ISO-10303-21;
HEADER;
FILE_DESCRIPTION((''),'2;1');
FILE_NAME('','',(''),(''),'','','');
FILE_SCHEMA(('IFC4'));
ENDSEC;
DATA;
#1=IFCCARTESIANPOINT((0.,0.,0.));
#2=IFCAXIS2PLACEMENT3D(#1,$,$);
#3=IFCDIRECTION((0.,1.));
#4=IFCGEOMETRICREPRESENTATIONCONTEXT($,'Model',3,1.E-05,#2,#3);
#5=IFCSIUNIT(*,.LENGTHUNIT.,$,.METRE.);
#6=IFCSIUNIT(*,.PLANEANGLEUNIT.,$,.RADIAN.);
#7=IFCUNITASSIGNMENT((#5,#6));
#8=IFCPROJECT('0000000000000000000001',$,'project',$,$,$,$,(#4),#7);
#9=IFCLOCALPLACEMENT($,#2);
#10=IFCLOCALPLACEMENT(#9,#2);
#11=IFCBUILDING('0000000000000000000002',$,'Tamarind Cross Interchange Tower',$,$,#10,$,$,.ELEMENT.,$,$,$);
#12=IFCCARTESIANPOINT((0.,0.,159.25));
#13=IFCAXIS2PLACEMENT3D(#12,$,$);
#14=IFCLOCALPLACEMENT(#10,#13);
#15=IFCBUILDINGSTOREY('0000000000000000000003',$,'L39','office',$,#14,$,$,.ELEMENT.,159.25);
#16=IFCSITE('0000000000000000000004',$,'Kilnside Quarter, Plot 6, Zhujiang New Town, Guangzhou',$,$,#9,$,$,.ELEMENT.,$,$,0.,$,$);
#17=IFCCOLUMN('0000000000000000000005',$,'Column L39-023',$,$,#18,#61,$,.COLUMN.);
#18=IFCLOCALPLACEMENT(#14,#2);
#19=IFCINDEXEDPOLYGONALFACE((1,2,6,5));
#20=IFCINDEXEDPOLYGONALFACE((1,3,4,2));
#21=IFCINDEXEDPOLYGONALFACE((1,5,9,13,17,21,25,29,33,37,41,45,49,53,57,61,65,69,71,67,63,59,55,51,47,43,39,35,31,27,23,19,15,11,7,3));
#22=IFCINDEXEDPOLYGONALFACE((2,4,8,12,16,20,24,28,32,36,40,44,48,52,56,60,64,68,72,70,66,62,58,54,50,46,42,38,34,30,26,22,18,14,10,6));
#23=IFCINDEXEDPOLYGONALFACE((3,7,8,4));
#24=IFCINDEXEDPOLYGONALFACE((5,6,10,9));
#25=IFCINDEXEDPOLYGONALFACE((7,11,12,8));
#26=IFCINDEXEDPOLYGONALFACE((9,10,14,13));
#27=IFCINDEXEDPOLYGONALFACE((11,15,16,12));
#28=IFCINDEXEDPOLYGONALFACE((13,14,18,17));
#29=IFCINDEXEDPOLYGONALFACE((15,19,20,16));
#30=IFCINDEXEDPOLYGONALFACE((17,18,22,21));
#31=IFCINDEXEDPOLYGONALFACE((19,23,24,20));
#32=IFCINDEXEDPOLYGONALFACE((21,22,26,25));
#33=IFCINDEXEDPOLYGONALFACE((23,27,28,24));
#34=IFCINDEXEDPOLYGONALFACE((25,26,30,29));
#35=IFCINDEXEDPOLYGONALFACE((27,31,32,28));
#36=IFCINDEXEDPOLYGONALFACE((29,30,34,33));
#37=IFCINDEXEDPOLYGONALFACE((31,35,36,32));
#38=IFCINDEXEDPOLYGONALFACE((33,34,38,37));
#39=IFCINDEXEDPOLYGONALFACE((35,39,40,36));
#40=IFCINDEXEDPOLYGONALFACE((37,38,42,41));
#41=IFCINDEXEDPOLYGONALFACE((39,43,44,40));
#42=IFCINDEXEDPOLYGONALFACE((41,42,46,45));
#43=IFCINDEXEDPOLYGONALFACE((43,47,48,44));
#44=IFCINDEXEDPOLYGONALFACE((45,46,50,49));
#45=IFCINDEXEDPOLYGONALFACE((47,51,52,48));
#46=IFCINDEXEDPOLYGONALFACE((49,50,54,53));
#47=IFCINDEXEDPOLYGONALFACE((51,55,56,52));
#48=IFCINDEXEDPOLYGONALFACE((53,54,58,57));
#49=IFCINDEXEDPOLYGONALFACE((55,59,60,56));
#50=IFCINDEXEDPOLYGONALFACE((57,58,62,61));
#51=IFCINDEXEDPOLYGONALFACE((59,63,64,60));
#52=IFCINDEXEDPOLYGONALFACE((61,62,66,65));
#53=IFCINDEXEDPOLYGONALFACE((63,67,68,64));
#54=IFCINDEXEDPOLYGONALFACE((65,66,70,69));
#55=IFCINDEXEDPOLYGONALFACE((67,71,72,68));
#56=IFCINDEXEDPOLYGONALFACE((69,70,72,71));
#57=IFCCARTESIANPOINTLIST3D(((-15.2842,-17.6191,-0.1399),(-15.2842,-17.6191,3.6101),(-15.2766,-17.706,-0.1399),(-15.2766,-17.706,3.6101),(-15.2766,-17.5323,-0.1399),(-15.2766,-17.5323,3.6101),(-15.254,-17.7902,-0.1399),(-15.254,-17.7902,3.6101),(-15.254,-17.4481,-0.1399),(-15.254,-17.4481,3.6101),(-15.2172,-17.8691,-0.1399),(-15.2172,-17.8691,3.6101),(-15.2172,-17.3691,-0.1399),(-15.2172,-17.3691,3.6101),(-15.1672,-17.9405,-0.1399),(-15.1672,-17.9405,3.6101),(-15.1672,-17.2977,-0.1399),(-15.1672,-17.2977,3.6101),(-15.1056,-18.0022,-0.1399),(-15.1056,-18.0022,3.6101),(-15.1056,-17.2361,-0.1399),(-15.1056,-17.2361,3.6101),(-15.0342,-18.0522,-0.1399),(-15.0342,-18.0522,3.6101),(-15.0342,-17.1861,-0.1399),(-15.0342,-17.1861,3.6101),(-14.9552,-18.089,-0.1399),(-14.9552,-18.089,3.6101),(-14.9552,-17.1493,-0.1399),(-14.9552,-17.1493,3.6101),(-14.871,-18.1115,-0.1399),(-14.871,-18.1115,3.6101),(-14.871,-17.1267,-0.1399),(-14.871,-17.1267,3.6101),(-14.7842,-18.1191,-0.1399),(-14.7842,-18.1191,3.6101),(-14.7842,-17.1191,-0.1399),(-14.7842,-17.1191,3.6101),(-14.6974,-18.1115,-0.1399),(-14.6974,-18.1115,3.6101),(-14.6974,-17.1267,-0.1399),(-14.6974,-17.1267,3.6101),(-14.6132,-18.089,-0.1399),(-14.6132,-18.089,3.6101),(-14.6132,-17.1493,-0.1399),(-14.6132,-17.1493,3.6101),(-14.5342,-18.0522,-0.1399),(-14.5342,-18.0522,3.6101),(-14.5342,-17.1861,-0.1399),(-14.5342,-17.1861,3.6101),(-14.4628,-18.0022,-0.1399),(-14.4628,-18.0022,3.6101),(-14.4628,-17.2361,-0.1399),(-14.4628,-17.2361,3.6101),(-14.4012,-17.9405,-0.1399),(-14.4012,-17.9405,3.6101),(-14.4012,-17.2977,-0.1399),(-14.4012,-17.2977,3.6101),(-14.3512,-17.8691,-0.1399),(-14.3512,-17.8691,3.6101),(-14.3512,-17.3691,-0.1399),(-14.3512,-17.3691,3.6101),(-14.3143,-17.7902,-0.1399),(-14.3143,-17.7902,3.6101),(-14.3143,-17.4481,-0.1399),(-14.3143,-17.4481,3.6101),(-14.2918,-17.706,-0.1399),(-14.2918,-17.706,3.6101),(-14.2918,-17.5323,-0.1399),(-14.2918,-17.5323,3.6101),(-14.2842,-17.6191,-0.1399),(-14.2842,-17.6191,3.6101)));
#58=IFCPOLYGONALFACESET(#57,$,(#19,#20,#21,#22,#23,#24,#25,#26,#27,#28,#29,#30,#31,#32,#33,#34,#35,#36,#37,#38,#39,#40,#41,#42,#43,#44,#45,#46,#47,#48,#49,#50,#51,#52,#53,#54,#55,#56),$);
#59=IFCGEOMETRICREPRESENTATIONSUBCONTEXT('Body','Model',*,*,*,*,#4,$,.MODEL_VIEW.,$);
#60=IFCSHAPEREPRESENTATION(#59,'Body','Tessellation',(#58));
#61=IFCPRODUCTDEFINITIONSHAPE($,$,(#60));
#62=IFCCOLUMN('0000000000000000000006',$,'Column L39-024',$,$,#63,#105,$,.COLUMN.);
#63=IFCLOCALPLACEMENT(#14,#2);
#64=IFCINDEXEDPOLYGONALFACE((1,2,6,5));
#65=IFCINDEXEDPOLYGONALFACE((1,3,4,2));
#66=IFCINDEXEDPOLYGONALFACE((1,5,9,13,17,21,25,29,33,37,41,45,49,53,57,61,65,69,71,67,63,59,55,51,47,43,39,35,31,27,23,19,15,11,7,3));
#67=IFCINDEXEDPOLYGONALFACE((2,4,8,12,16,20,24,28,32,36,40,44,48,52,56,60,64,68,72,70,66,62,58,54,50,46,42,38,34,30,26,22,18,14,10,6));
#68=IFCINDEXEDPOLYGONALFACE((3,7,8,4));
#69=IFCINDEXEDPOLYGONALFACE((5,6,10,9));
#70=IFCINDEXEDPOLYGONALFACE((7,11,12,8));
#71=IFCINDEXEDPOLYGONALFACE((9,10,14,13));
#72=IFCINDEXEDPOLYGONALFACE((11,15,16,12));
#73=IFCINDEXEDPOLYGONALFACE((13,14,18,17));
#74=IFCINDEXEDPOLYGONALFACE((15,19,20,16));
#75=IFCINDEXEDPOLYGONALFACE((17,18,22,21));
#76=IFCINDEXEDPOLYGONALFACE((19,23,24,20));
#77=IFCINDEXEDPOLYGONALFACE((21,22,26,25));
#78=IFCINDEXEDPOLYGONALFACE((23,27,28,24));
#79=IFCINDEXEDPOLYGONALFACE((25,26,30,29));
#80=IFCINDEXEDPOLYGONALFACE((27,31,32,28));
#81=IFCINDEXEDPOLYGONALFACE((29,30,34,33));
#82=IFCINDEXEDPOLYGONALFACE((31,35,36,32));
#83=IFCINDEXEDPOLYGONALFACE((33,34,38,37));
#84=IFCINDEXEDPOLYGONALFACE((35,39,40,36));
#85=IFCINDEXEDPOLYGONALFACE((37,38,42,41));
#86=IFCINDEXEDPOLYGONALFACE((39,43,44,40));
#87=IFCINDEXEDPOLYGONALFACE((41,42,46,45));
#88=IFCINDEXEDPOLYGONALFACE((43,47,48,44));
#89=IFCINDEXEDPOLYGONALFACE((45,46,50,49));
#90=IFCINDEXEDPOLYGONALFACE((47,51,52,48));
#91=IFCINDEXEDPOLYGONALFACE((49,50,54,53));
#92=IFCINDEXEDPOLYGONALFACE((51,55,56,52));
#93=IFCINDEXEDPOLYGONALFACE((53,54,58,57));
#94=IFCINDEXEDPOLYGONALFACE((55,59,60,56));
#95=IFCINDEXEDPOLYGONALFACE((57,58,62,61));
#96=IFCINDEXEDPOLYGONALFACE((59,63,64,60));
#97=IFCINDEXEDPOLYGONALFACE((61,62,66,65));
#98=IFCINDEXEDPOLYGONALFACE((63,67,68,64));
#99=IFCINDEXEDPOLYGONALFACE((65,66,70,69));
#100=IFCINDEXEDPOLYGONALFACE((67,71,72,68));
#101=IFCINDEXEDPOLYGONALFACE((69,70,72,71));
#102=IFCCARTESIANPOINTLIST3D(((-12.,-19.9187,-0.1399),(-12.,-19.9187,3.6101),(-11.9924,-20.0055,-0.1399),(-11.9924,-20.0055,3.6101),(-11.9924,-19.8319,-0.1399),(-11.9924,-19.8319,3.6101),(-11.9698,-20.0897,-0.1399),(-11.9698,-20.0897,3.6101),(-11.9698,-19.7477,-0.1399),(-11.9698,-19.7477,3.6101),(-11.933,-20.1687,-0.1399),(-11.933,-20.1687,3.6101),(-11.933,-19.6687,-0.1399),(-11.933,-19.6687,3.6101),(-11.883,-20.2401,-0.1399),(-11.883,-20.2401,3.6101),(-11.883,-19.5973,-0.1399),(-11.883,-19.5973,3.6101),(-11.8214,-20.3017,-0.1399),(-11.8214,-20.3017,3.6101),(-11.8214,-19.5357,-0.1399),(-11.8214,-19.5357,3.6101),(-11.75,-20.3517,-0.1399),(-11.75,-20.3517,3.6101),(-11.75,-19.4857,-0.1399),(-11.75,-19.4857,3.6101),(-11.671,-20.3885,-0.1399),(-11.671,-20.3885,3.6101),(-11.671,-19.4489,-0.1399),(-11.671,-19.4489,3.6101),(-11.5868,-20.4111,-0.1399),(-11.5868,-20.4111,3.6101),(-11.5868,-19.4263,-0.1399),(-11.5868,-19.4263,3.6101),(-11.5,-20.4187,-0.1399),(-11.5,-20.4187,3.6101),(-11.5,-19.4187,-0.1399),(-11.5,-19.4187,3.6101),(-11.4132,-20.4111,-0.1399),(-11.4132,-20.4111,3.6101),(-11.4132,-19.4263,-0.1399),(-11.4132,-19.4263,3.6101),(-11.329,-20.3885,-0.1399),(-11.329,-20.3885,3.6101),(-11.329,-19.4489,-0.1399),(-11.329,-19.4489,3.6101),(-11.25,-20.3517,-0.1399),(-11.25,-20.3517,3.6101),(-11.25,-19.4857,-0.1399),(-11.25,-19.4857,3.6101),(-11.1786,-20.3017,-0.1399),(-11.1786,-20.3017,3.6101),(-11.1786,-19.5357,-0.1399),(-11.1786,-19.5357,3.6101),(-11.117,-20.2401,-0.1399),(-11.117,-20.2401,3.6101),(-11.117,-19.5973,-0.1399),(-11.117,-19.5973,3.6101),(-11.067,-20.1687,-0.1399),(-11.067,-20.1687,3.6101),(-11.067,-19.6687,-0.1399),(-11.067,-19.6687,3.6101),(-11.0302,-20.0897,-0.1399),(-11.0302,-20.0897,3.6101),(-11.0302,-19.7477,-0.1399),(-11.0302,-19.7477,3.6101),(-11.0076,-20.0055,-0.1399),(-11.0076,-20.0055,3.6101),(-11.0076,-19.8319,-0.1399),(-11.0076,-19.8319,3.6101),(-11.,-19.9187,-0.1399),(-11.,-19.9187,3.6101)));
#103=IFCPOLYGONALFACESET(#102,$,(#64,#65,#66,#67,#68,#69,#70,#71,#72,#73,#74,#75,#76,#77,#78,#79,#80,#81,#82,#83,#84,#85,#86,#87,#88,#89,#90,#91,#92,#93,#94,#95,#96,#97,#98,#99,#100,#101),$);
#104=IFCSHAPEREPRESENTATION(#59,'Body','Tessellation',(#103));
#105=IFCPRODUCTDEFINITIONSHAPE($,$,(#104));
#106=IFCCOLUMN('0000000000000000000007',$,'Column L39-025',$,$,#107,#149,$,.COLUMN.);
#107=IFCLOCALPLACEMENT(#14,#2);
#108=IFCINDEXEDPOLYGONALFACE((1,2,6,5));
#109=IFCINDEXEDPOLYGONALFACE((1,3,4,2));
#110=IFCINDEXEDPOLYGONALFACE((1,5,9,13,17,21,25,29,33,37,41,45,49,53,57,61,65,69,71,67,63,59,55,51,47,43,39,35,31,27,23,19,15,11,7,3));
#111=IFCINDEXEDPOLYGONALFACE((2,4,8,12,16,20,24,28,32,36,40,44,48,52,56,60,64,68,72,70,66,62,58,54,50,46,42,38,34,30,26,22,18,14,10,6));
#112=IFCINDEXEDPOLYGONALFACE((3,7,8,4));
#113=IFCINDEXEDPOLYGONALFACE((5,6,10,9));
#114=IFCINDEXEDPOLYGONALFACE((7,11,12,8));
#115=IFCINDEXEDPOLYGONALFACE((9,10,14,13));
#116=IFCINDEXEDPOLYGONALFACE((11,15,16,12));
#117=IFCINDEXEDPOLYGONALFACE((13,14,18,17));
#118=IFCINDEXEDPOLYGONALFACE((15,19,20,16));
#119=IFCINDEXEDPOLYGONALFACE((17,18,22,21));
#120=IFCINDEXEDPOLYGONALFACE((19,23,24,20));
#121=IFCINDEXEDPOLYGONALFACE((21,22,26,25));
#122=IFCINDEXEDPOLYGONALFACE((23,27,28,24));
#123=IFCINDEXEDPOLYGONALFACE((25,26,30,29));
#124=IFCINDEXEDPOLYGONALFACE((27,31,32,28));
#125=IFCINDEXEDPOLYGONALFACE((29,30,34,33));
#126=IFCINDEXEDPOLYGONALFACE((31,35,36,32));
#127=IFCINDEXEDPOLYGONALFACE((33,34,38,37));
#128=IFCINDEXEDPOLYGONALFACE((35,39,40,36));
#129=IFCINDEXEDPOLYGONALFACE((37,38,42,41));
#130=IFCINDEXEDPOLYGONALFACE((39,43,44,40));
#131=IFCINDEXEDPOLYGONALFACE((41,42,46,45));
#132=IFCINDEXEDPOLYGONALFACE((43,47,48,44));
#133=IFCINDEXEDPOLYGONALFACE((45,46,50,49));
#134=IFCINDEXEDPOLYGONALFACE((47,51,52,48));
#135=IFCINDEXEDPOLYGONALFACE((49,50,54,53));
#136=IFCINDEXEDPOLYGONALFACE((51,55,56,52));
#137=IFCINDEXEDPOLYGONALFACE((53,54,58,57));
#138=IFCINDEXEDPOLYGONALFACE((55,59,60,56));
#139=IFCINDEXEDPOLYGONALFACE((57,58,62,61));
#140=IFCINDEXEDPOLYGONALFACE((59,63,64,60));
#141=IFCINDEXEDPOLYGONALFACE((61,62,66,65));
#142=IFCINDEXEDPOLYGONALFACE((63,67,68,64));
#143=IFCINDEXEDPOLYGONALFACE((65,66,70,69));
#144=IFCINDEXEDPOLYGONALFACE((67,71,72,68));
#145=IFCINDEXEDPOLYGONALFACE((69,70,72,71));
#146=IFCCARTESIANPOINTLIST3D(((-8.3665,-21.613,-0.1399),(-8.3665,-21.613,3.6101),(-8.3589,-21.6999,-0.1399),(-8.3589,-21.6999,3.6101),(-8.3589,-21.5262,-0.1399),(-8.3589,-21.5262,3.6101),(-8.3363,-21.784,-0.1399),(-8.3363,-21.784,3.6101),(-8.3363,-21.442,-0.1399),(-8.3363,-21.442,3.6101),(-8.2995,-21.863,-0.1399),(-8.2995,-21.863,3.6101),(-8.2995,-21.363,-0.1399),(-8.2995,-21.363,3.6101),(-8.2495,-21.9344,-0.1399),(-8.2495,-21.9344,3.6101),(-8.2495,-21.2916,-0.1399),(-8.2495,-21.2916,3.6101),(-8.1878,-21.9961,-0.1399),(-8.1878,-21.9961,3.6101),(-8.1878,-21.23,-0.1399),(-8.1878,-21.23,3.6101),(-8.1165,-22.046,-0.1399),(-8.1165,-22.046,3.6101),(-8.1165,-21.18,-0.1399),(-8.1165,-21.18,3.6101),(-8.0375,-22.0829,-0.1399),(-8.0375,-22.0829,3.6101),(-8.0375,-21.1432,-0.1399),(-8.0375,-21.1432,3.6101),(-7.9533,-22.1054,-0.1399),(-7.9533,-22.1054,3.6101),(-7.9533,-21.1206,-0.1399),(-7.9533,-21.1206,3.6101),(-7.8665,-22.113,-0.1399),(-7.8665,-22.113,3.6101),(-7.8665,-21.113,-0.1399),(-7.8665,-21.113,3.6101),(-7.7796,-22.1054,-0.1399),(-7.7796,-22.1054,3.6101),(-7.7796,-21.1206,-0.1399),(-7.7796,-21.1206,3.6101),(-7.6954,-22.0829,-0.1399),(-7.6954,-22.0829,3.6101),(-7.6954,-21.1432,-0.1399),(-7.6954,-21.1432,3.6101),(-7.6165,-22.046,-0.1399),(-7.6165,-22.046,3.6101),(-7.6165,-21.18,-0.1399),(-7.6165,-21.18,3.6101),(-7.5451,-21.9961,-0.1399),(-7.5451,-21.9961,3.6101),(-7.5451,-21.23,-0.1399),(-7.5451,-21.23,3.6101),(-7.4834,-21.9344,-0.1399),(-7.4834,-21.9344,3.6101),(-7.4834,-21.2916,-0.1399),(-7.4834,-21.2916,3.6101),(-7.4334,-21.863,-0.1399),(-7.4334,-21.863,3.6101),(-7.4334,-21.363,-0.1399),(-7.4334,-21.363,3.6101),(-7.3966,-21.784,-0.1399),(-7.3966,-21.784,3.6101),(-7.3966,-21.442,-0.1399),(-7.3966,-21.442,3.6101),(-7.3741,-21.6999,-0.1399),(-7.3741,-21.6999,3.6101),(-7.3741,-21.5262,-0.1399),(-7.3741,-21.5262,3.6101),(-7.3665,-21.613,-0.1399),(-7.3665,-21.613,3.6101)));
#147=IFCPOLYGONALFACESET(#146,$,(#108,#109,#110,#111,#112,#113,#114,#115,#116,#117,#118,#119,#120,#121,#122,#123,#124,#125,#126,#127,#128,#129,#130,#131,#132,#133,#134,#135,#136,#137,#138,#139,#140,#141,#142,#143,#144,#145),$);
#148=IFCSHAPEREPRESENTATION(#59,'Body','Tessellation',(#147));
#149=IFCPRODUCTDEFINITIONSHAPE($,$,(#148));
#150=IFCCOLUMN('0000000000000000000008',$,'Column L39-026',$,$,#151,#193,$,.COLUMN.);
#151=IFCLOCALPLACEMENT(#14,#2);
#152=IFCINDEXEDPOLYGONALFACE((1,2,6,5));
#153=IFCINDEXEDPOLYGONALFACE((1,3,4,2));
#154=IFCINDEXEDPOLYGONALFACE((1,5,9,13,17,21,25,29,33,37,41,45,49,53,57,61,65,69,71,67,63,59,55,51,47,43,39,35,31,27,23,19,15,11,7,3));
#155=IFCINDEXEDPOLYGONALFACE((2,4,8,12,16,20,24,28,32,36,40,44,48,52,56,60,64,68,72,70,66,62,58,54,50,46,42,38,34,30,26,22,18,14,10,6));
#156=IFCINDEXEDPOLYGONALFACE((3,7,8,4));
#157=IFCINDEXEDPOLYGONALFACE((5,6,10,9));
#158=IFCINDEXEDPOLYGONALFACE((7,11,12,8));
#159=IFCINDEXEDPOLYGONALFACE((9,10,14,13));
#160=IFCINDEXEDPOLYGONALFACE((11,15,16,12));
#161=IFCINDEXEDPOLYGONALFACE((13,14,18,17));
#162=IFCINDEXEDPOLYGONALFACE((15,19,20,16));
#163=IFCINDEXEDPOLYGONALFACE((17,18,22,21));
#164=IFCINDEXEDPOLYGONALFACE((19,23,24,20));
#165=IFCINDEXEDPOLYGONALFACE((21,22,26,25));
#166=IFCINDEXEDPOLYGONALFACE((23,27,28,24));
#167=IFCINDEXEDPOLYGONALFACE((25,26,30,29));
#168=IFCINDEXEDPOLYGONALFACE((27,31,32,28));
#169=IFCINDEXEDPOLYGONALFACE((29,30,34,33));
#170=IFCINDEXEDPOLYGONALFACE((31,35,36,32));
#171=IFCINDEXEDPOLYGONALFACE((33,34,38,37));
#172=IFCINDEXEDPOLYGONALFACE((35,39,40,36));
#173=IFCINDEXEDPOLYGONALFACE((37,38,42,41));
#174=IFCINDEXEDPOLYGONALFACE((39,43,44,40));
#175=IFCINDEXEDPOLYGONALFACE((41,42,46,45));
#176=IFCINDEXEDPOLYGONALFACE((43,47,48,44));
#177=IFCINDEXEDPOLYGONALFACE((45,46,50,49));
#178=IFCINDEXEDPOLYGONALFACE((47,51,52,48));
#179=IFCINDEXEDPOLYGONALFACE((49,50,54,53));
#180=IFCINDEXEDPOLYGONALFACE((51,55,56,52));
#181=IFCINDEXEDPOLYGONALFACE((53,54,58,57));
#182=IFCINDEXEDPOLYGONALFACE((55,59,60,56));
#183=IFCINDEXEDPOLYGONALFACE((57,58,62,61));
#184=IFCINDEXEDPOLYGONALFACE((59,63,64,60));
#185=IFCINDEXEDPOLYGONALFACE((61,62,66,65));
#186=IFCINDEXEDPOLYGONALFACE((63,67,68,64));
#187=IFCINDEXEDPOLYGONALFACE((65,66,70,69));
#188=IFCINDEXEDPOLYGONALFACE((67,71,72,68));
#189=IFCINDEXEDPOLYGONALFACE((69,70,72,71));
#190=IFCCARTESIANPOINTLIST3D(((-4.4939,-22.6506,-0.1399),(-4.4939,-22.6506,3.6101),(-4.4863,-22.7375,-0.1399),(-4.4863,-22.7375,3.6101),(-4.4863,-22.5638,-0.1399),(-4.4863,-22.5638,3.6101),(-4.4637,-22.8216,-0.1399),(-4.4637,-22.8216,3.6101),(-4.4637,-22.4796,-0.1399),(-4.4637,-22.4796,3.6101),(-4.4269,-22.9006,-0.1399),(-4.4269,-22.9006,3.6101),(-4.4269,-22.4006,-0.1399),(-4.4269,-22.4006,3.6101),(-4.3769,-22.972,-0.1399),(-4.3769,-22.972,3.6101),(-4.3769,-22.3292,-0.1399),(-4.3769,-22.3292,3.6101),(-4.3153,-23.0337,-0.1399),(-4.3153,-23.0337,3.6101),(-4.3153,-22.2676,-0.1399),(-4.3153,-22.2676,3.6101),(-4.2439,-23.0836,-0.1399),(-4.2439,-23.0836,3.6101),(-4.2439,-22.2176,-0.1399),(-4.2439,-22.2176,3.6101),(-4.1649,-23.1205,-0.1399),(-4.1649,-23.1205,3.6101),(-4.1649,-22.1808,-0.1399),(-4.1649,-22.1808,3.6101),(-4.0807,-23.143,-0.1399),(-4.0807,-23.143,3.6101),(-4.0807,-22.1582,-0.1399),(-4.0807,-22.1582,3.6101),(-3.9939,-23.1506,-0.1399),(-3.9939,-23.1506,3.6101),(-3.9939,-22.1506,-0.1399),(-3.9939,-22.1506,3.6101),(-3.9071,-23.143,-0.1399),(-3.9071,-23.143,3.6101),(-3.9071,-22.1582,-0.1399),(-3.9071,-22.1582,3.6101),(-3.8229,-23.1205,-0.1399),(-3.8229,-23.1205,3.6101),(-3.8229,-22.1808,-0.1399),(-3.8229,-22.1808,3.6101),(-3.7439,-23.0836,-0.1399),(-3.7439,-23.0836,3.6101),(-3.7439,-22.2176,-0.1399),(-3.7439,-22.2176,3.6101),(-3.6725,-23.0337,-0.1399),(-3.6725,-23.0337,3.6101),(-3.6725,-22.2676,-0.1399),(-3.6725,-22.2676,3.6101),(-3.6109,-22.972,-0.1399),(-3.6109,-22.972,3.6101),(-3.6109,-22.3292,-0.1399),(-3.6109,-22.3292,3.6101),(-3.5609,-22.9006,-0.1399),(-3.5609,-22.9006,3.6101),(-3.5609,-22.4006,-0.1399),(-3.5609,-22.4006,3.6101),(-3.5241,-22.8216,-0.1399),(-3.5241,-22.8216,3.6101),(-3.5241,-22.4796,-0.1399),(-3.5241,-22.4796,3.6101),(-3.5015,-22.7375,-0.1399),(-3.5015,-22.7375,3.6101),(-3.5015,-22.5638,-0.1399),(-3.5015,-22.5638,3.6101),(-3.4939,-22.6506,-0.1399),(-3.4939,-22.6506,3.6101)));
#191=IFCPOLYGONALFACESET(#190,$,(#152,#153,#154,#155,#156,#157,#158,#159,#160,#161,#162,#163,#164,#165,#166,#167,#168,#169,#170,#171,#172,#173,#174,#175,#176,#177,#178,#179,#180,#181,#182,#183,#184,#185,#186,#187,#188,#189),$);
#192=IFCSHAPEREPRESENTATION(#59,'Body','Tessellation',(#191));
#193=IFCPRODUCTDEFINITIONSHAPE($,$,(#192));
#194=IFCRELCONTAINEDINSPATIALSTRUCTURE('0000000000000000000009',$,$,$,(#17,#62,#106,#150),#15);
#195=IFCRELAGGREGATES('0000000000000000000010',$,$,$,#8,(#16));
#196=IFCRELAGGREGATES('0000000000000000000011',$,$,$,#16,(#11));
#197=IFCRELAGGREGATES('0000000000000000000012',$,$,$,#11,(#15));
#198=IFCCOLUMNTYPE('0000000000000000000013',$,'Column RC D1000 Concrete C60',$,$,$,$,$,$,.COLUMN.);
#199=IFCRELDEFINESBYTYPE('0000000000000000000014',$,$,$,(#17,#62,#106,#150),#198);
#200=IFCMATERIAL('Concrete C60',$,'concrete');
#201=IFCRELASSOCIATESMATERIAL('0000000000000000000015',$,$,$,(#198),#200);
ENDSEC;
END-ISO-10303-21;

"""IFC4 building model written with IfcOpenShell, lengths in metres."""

from ifc_helpers import new_model, si_unit, direction, frame, origin, origin_2d, place, context, subcontext, project, spatial, circle, extrude, material, material_profile, profile_set, type_object, element, save


model = new_model("IFC4")

# Units and contexts
model_context = context("Model", 3, precision=1e-05, world=origin(), true_north=direction((0.0, 1.0)))
body_context = subcontext(model_context, "Body", "Model", "MODEL_VIEW")
ifc_project = project(units=[si_unit("LENGTHUNIT", "METRE"), si_unit("PLANEANGLEUNIT", "RADIAN")], contexts=[model_context])

# Site, building, storey
site_placement = place(None, origin())
site = spatial("IfcSite", under=ifc_project, at=site_placement, Name="Kilnside Quarter, Plot 6, Zhujiang New Town, Guangzhou", CompositionType="ELEMENT", RefElevation=0.0)
building_placement = place(site_placement, origin())
building = spatial("IfcBuilding", under=site, at=building_placement, Name="Tamarind Cross Interchange Tower", CompositionType="ELEMENT")
storey_placement = place(building_placement, frame((0.0, 0.0, 159.25)))
storey = spatial("IfcBuildingStorey", under=building, at=storey_placement, Name="L39", Description="office", CompositionType="ELEMENT", Elevation=159.25)

# Columns
ifc_material_1 = material(Name="Concrete C60", Category="concrete")
ifc_material_profile_1 = material_profile(ifc_material_1, circle(Radius=0.5, at=origin_2d()), Name="RC D1000")
ifc_profile_set_1 = profile_set([ifc_material_profile_1], Name="Concrete C60")
column_type = type_object("IfcColumnType", Name="Column RC D1000 Concrete C60", PredefinedType="COLUMN", material=ifc_profile_set_1)
for number, where, z_axis, x_axis, name in (
    (1, (-14.7842, -17.6191, -0.1399), (0.0, 0.0, 1.0), (1.0, 0.0, 0.0), "Column L39-023"),
    (2, (-11.5, -19.9187, -0.1399), (0.0, 0.0, 1.0), (1.0, 0.0, 0.0), "Column L39-024"),
    (3, (-7.8665, -21.613, -0.1399), (0.0, 0.0, 1.0), (1.0, 0.0, 0.0), "Column L39-025"),
    (4, (-3.9939, -22.6506, -0.1399), (0.0, 0.0, 1.0), (1.0, 0.0, 0.0), "Column L39-026"),
):
    element("IfcColumn", number, at=place(storey_placement, frame(where, z_axis=z_axis, x_axis=x_axis)), inside=storey, type_object=column_type, Name=name, PredefinedType="COLUMN", context=body_context, shape_type="SweptSolid", body=[
        extrude(circle(Radius=0.5, at=origin_2d()), origin(), (0.0, 0.0, 1.0), 3.75),
    ])

save(model, "model.ifc")
